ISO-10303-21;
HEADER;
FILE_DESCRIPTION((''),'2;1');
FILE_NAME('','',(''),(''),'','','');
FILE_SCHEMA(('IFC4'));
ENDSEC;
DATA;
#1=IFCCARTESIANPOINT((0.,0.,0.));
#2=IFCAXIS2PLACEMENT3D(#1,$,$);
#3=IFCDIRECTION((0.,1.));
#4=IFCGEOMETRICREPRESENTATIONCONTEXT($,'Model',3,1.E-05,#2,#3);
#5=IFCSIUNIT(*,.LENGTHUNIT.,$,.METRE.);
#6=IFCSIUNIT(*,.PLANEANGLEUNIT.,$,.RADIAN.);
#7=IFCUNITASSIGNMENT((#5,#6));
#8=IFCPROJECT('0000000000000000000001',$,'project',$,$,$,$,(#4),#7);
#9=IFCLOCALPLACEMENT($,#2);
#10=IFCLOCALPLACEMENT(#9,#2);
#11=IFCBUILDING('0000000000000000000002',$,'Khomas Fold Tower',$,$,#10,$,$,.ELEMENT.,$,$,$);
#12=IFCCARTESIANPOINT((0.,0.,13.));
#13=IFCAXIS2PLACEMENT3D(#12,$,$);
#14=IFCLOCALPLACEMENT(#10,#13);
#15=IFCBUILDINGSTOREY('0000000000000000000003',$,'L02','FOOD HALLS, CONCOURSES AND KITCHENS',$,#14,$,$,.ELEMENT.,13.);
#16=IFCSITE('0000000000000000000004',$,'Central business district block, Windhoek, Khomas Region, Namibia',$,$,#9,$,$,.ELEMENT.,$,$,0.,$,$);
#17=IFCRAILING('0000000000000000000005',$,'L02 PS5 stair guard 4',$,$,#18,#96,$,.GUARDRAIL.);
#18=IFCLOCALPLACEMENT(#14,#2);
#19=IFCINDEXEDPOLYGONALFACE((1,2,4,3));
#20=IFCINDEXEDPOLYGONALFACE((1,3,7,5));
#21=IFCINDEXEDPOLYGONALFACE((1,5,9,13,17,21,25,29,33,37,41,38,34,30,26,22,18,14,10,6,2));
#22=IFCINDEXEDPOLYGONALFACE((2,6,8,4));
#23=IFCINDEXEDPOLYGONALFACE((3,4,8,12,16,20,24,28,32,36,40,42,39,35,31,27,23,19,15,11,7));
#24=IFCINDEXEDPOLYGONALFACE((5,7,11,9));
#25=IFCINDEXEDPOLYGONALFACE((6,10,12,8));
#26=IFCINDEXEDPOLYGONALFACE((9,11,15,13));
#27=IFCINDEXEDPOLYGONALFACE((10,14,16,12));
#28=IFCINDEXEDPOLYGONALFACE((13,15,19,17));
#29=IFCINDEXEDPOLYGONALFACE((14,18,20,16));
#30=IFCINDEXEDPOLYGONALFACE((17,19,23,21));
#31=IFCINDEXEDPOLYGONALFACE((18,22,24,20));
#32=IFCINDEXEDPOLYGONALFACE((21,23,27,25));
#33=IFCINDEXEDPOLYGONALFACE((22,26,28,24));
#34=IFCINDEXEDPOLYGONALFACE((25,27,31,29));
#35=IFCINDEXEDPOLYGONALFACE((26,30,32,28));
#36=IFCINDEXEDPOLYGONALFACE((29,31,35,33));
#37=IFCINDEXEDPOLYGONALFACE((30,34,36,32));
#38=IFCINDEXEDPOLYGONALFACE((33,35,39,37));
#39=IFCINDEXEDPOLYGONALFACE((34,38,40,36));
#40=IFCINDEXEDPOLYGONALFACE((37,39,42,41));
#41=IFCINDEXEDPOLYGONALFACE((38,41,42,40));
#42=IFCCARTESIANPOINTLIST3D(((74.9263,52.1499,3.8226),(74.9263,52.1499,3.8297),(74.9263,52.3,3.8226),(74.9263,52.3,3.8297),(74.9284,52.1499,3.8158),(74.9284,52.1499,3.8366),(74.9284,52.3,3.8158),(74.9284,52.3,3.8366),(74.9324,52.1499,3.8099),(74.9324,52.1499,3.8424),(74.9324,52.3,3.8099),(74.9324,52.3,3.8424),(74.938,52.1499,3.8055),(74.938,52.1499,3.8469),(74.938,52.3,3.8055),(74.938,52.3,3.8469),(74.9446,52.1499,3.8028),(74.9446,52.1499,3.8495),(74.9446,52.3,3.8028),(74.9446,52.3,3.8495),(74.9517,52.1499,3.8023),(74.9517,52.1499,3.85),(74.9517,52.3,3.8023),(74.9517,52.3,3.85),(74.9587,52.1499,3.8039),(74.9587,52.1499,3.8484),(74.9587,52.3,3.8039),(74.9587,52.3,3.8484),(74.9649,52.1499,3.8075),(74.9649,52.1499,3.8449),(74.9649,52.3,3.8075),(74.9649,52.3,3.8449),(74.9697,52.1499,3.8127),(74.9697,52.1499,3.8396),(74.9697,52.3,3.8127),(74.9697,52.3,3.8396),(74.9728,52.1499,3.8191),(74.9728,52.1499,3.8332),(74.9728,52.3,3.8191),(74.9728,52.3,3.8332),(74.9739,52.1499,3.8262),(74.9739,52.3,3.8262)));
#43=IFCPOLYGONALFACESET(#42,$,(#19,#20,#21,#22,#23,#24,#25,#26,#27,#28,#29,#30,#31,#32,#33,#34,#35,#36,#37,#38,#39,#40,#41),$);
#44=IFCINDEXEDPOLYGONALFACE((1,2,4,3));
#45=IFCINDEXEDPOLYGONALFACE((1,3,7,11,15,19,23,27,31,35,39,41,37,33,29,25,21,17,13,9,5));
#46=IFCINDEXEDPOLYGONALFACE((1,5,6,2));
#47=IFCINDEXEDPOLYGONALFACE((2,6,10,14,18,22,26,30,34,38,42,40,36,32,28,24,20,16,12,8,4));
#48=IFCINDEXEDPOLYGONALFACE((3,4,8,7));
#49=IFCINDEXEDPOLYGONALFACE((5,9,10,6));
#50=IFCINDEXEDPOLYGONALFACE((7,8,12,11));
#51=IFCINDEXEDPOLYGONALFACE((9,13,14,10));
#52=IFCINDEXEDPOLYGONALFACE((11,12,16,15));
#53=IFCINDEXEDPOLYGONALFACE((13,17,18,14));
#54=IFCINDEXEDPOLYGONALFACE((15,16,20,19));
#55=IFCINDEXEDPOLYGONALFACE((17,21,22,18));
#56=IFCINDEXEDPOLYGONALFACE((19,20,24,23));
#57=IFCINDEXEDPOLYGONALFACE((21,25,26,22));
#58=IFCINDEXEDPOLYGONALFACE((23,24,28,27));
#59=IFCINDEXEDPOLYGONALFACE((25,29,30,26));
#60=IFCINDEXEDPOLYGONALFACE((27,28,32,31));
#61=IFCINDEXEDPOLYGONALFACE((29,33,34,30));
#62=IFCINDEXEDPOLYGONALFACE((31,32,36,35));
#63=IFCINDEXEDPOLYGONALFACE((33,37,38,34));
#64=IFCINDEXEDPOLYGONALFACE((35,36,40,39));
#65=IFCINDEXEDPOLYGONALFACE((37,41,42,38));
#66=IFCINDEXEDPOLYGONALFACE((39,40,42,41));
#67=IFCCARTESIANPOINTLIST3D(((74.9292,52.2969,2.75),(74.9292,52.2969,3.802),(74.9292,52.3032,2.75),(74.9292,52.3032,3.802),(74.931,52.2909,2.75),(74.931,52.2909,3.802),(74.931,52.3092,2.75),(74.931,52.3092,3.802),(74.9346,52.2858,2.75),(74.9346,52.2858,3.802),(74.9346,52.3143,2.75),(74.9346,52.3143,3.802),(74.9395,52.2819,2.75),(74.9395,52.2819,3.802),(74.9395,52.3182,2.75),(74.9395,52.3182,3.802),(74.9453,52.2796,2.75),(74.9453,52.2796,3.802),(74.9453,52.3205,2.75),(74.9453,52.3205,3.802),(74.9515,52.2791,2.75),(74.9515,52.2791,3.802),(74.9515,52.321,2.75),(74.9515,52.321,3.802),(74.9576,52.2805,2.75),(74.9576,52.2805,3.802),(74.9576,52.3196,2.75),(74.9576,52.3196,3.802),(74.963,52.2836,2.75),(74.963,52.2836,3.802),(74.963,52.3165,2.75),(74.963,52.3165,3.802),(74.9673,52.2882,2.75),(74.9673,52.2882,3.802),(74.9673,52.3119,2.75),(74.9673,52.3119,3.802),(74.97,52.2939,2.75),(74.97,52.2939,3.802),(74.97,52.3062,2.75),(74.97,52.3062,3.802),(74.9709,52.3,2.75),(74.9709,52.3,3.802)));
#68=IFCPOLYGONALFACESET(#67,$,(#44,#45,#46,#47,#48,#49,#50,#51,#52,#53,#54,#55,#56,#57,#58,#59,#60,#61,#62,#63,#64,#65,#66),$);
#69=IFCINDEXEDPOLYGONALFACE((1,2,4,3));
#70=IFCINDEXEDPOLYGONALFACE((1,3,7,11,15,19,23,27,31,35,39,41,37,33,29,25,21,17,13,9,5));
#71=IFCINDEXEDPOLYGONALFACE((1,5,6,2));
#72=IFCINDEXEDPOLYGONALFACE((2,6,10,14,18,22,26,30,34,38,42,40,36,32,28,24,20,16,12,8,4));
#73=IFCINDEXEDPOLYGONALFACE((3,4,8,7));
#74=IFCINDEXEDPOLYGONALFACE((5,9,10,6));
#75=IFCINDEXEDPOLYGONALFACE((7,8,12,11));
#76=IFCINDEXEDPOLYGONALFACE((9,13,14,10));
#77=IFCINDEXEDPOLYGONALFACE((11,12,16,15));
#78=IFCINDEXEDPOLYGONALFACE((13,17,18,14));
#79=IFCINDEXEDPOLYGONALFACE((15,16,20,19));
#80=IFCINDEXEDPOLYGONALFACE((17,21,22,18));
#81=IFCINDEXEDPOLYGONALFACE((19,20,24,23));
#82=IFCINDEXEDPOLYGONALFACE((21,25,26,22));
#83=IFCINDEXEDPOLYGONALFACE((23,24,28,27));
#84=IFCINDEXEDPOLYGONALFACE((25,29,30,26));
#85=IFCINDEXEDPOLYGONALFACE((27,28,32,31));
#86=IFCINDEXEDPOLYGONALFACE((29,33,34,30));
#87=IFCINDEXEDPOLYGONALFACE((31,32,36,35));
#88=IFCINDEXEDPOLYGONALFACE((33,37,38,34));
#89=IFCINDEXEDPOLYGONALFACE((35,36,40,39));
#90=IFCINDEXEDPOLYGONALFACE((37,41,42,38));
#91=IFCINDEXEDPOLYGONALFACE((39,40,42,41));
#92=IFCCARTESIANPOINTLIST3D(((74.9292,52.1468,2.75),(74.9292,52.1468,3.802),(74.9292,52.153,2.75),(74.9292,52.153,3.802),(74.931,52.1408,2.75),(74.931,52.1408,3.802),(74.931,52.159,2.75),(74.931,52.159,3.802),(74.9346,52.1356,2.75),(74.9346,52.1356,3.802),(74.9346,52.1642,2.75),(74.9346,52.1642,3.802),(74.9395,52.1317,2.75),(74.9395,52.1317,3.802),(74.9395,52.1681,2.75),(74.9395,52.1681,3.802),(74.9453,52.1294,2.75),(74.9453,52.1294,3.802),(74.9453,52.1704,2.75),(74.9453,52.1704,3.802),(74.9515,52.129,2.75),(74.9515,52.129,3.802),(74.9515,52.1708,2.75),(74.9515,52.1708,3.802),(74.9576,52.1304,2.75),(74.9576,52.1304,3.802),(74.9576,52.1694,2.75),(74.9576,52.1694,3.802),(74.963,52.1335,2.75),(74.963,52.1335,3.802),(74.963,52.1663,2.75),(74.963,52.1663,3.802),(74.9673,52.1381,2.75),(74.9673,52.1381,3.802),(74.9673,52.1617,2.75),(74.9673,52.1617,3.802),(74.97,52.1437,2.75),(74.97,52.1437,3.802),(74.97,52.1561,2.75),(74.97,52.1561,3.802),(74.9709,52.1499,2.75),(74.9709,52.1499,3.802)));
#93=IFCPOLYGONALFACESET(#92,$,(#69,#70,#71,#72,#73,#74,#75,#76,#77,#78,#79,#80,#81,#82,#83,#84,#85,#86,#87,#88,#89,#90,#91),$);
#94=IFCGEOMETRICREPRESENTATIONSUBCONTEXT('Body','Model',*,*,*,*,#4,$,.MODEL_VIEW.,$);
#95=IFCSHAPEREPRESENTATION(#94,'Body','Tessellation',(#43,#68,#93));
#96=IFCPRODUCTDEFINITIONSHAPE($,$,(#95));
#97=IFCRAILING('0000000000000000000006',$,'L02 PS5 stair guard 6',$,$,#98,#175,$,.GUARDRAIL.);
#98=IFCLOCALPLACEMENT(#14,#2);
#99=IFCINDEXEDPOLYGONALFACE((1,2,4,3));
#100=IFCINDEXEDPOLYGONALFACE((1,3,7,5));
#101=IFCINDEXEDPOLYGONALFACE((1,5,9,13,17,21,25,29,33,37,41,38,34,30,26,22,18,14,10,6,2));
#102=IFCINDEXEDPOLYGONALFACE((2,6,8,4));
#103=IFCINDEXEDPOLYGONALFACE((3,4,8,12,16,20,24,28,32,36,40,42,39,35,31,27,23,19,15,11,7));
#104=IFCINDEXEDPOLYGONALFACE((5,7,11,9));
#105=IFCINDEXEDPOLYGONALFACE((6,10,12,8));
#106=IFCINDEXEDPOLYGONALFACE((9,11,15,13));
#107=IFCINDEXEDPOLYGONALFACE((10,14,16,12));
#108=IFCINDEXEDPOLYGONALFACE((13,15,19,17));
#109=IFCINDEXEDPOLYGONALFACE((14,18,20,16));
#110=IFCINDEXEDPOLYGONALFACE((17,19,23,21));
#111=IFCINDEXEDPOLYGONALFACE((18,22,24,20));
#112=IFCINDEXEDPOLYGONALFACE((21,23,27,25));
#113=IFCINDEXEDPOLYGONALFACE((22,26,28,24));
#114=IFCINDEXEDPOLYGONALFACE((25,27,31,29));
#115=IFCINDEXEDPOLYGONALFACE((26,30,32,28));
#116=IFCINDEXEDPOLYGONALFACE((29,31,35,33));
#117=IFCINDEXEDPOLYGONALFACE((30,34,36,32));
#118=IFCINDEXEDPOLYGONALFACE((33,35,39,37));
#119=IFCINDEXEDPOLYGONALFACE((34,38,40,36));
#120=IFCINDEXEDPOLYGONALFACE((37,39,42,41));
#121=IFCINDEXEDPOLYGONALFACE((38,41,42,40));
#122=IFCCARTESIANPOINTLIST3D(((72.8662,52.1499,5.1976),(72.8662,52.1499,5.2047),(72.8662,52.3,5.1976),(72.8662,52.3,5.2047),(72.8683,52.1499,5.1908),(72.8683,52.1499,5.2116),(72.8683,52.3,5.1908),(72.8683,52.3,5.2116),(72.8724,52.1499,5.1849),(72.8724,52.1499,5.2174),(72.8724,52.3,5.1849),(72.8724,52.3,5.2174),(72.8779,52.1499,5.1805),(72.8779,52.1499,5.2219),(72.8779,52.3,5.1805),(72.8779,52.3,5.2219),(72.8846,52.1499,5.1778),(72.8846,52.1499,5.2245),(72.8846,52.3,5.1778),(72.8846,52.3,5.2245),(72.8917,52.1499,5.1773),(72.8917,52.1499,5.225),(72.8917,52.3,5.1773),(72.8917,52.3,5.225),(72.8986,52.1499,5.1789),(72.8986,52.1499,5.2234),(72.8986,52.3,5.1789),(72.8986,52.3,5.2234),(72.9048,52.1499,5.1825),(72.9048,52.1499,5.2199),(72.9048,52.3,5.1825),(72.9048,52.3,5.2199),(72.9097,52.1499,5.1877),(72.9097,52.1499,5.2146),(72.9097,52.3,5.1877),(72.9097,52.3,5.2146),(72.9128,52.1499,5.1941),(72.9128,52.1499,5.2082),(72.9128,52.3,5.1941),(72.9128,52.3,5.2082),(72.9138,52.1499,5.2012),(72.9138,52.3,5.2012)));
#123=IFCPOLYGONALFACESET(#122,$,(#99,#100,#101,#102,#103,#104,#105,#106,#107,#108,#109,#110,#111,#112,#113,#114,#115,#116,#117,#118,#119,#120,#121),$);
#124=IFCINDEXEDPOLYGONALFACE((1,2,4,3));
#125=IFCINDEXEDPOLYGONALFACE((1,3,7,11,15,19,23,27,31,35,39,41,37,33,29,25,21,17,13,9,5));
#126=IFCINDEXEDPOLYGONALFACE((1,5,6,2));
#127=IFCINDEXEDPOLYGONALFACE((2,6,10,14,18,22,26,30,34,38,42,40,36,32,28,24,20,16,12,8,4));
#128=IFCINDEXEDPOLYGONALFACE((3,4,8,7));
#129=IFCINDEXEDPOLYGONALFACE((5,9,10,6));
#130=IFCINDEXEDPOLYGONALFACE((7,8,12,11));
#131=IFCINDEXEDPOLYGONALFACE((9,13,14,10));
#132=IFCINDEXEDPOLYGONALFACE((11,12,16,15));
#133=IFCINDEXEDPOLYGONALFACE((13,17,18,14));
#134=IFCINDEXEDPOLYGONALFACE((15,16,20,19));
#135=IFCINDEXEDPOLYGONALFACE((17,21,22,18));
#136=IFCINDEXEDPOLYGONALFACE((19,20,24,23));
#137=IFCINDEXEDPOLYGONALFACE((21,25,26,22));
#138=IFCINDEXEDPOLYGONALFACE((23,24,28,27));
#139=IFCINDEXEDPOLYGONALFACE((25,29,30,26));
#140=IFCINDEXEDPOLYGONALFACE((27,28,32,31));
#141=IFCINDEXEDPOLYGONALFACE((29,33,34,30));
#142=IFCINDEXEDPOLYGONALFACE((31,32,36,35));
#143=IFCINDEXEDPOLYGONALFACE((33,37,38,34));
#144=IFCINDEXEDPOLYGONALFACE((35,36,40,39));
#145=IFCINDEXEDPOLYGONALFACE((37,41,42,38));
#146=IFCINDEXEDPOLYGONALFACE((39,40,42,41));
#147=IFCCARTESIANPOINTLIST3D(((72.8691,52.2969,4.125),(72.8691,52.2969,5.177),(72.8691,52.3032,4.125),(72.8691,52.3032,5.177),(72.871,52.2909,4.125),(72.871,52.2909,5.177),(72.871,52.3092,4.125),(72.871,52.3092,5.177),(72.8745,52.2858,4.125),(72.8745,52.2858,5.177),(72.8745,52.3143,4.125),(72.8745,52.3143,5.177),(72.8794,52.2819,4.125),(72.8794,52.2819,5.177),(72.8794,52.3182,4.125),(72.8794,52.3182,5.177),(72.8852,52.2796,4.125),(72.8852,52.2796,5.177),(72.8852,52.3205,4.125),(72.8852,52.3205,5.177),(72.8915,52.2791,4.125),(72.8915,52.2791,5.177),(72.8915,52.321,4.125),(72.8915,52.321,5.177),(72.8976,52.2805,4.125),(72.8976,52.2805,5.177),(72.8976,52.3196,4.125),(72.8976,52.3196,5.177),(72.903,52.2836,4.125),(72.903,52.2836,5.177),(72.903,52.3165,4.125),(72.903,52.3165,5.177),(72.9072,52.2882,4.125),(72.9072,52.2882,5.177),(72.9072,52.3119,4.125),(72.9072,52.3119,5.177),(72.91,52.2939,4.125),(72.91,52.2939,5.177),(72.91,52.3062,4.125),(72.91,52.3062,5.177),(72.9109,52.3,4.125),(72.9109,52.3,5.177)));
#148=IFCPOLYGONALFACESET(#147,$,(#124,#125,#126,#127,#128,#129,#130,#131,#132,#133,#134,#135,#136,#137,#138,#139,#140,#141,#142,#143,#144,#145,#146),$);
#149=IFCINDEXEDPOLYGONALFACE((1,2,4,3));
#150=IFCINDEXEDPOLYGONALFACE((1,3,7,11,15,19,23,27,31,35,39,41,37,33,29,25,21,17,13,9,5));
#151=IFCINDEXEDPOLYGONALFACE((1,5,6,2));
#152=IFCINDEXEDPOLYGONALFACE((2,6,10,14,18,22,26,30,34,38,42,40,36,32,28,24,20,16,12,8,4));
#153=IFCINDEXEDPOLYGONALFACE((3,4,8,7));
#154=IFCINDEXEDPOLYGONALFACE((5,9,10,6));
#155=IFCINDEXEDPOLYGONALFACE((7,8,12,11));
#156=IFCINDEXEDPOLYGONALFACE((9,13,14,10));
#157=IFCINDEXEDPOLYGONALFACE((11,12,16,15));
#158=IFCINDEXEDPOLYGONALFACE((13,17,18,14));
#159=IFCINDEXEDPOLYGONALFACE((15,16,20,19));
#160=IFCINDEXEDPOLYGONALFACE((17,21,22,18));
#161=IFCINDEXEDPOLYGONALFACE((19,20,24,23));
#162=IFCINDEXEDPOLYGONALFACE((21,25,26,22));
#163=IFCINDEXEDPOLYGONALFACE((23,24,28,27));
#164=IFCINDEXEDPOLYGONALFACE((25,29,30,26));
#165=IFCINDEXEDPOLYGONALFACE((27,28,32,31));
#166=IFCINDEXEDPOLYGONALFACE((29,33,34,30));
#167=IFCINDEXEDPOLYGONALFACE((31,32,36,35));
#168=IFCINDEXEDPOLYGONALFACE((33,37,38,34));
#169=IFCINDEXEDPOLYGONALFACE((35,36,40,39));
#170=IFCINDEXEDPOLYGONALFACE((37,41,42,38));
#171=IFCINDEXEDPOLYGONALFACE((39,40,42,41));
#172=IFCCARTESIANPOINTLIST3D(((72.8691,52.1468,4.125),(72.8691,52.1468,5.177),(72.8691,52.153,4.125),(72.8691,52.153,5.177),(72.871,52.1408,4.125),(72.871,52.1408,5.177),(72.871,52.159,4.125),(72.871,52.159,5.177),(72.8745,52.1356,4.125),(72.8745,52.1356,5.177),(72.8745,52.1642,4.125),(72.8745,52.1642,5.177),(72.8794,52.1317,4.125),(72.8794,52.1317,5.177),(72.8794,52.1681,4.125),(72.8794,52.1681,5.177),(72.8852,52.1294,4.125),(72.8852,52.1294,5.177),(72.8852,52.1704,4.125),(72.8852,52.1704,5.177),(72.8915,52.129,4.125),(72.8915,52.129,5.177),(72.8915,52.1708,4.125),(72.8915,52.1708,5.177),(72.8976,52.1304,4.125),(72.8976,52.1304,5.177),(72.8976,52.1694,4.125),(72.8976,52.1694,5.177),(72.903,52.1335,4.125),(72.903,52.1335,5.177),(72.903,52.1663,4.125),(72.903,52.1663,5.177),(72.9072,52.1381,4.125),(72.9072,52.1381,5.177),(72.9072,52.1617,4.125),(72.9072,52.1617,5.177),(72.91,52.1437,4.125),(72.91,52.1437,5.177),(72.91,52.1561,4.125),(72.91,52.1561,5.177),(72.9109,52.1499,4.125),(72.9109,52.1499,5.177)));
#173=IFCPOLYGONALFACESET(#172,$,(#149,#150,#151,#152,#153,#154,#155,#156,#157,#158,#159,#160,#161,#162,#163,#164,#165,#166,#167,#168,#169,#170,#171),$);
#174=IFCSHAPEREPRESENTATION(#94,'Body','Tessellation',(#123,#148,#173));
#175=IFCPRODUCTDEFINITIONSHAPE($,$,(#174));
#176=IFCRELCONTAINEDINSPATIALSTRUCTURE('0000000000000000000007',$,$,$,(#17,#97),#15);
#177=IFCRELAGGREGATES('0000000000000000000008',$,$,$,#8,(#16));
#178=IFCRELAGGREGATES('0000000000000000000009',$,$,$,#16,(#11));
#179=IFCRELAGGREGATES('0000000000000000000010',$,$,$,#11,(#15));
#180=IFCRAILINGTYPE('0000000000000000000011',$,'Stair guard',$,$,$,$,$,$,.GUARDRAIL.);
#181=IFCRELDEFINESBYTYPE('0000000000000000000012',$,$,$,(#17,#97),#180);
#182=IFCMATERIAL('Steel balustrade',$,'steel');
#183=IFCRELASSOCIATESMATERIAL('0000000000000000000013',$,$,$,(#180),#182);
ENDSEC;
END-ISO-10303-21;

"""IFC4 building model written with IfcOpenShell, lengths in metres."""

from ifc_helpers import new_model, si_unit, direction, frame, origin, origin_2d, place, context, subcontext, project, spatial, circle, extrude, source, transform, mapped, material, type_object, element, save


model = new_model("IFC4")

# Units and contexts
model_context = context("Model", 3, precision=1e-05, world=origin(), true_north=direction((0.0, 1.0)))
body_context = subcontext(model_context, "Body", "Model", "MODEL_VIEW")
ifc_project = project(units=[si_unit("LENGTHUNIT", "METRE"), si_unit("PLANEANGLEUNIT", "RADIAN")], contexts=[model_context])

# Site, building, storey
site_placement = place(None, origin())
site = spatial("IfcSite", under=ifc_project, at=site_placement, Name="Central business district block, Windhoek, Khomas Region, Namibia", CompositionType="ELEMENT", RefElevation=0.0)
building_placement = place(site_placement, origin())
building = spatial("IfcBuilding", under=site, at=building_placement, Name="Khomas Fold Tower", CompositionType="ELEMENT")
storey_placement = place(building_placement, frame((0.0, 0.0, 13.0)))
storey = spatial("IfcBuildingStorey", under=building, at=storey_placement, Name="L02", Description="FOOD HALLS, CONCOURSES AND KITCHENS", CompositionType="ELEMENT", Elevation=13.0)

# Railings
ifc_material_1 = material(Name="Steel balustrade", Category="steel")
railing_type_1 = type_object("IfcRailingType", Name="Stair guard", PredefinedType="GUARDRAIL", material=ifc_material_1)
shared_shape_1 = source(origin(), body_context, "Body", "SweptSolid", [
    extrude(circle(Radius=0.0239, at=origin_2d()), frame((0.0, 0.0, 1.0762), z_axis=(0.0, -1.0, 0.0), x_axis=(1.0, 0.0, 0.0)), (0.0, 0.0, 1.0), 0.1501),
    extrude(circle(Radius=0.021, at=origin_2d()), origin(), (0.0, 0.0, 1.0), 1.052),
    extrude(circle(Radius=0.021, at=origin_2d()), frame((0.0, -0.1501, 0.0)), (0.0, 0.0, 1.0), 1.052),
])
for number, where, name in (
    (1, (74.95, 52.3, 2.75), "L02 PS5 stair guard 4"),
    (2, (72.8899, 52.3, 4.125), "L02 PS5 stair guard 6"),
):
    element("IfcRailing", number, at=place(storey_placement, frame(where)), inside=storey, type_object=railing_type_1, Name=name, PredefinedType="GUARDRAIL", context=body_context, shape_type="MappedRepresentation", body=[
        mapped(shared_shape_1, transform((0.0, 0.0, 0.0))),
    ])

save(model, "model.ifc")
